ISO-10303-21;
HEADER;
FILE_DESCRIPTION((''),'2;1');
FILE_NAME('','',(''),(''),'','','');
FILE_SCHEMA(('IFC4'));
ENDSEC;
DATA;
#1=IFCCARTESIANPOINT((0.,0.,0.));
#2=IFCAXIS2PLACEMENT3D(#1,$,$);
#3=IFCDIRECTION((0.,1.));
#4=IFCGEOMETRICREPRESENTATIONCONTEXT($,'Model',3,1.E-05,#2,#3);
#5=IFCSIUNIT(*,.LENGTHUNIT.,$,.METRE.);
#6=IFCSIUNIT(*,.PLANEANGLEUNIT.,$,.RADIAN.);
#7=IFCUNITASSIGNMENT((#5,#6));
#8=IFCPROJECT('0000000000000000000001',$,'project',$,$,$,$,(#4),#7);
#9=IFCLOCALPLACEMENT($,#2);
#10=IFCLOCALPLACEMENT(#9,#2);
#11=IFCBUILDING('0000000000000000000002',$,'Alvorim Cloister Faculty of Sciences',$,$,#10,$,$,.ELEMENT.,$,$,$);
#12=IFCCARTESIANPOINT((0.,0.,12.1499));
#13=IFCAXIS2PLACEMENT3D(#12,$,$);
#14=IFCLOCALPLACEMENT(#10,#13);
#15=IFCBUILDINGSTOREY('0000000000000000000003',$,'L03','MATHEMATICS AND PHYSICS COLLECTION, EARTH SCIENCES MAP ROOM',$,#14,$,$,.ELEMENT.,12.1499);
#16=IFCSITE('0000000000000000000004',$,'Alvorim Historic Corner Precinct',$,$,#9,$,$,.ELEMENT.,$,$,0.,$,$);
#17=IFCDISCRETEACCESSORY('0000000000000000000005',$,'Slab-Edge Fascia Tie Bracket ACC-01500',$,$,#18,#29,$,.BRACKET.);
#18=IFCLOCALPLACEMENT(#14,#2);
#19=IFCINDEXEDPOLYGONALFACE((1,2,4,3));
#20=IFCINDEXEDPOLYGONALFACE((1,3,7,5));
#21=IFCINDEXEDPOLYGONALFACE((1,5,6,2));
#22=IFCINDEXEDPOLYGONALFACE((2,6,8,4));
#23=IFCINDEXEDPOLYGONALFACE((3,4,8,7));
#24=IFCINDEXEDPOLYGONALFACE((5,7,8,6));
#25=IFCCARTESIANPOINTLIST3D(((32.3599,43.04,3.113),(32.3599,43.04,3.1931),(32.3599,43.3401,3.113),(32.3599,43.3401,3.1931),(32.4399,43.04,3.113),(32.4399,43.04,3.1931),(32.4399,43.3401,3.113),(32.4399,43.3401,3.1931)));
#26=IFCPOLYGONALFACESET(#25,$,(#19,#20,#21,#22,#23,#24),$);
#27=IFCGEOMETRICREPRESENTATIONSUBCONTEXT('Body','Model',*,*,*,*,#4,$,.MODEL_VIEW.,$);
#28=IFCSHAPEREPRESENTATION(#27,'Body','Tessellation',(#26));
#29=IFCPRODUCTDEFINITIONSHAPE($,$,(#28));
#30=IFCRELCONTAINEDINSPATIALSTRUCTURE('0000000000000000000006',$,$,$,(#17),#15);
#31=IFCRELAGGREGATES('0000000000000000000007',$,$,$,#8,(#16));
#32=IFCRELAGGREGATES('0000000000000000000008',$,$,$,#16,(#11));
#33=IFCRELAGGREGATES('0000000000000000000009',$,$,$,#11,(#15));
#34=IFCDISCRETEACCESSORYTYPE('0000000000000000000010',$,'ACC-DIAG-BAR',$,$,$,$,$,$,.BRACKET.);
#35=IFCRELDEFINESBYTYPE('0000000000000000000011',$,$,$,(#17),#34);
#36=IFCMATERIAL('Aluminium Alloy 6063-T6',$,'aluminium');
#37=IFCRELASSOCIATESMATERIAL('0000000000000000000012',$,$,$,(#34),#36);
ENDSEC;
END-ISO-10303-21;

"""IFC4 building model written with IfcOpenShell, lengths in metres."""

from ifc_helpers import new_model, si_unit, direction, frame, origin, origin_2d, place, context, subcontext, project, spatial, rectangle, extrude, material, type_object, element, save


model = new_model("IFC4")

# Units and contexts
model_context = context("Model", 3, precision=1e-05, world=origin(), true_north=direction((0.0, 1.0)))
body_context = subcontext(model_context, "Body", "Model", "MODEL_VIEW")
ifc_project = project(units=[si_unit("LENGTHUNIT", "METRE"), si_unit("PLANEANGLEUNIT", "RADIAN")], contexts=[model_context])

# Site, building, storey
site_placement = place(None, origin())
site = spatial("IfcSite", under=ifc_project, at=site_placement, Name="Alvorim Historic Corner Precinct", CompositionType="ELEMENT", RefElevation=0.0)
building_placement = place(site_placement, origin())
building = spatial("IfcBuilding", under=site, at=building_placement, Name="Alvorim Cloister Faculty of Sciences", CompositionType="ELEMENT")
storey_placement = place(building_placement, frame((0.0, 0.0, 12.1499)))
storey = spatial("IfcBuildingStorey", under=building, at=storey_placement, Name="L03", Description="MATHEMATICS AND PHYSICS COLLECTION, EARTH SCIENCES MAP ROOM", CompositionType="ELEMENT", Elevation=12.1499)

# Shared definitions
ifc_material_1 = material(Name="Aluminium Alloy 6063-T6", Category="aluminium")

# Discrete accessory
discrete_accessory_type = type_object("IfcDiscreteAccessoryType", Name="ACC-DIAG-BAR", PredefinedType="BRACKET", material=ifc_material_1)
discrete_accessory_placement = place(storey_placement, frame((32.3999, 43.3401, 3.1531), z_axis=(0.0, -1.0, 0.0), x_axis=(1.0, 0.0, 0.0)))
element("IfcDiscreteAccessory", 1, at=discrete_accessory_placement, inside=storey, type_object=discrete_accessory_type, Name="Slab-Edge Fascia Tie Bracket ACC-01500", PredefinedType="BRACKET", context=body_context, shape_type="SweptSolid", body=[
    extrude(rectangle(XDim=0.0801, YDim=0.0801, at=origin_2d()), origin(), (0.0, 0.0, 1.0), 0.3),
])

save(model, "model.ifc")
